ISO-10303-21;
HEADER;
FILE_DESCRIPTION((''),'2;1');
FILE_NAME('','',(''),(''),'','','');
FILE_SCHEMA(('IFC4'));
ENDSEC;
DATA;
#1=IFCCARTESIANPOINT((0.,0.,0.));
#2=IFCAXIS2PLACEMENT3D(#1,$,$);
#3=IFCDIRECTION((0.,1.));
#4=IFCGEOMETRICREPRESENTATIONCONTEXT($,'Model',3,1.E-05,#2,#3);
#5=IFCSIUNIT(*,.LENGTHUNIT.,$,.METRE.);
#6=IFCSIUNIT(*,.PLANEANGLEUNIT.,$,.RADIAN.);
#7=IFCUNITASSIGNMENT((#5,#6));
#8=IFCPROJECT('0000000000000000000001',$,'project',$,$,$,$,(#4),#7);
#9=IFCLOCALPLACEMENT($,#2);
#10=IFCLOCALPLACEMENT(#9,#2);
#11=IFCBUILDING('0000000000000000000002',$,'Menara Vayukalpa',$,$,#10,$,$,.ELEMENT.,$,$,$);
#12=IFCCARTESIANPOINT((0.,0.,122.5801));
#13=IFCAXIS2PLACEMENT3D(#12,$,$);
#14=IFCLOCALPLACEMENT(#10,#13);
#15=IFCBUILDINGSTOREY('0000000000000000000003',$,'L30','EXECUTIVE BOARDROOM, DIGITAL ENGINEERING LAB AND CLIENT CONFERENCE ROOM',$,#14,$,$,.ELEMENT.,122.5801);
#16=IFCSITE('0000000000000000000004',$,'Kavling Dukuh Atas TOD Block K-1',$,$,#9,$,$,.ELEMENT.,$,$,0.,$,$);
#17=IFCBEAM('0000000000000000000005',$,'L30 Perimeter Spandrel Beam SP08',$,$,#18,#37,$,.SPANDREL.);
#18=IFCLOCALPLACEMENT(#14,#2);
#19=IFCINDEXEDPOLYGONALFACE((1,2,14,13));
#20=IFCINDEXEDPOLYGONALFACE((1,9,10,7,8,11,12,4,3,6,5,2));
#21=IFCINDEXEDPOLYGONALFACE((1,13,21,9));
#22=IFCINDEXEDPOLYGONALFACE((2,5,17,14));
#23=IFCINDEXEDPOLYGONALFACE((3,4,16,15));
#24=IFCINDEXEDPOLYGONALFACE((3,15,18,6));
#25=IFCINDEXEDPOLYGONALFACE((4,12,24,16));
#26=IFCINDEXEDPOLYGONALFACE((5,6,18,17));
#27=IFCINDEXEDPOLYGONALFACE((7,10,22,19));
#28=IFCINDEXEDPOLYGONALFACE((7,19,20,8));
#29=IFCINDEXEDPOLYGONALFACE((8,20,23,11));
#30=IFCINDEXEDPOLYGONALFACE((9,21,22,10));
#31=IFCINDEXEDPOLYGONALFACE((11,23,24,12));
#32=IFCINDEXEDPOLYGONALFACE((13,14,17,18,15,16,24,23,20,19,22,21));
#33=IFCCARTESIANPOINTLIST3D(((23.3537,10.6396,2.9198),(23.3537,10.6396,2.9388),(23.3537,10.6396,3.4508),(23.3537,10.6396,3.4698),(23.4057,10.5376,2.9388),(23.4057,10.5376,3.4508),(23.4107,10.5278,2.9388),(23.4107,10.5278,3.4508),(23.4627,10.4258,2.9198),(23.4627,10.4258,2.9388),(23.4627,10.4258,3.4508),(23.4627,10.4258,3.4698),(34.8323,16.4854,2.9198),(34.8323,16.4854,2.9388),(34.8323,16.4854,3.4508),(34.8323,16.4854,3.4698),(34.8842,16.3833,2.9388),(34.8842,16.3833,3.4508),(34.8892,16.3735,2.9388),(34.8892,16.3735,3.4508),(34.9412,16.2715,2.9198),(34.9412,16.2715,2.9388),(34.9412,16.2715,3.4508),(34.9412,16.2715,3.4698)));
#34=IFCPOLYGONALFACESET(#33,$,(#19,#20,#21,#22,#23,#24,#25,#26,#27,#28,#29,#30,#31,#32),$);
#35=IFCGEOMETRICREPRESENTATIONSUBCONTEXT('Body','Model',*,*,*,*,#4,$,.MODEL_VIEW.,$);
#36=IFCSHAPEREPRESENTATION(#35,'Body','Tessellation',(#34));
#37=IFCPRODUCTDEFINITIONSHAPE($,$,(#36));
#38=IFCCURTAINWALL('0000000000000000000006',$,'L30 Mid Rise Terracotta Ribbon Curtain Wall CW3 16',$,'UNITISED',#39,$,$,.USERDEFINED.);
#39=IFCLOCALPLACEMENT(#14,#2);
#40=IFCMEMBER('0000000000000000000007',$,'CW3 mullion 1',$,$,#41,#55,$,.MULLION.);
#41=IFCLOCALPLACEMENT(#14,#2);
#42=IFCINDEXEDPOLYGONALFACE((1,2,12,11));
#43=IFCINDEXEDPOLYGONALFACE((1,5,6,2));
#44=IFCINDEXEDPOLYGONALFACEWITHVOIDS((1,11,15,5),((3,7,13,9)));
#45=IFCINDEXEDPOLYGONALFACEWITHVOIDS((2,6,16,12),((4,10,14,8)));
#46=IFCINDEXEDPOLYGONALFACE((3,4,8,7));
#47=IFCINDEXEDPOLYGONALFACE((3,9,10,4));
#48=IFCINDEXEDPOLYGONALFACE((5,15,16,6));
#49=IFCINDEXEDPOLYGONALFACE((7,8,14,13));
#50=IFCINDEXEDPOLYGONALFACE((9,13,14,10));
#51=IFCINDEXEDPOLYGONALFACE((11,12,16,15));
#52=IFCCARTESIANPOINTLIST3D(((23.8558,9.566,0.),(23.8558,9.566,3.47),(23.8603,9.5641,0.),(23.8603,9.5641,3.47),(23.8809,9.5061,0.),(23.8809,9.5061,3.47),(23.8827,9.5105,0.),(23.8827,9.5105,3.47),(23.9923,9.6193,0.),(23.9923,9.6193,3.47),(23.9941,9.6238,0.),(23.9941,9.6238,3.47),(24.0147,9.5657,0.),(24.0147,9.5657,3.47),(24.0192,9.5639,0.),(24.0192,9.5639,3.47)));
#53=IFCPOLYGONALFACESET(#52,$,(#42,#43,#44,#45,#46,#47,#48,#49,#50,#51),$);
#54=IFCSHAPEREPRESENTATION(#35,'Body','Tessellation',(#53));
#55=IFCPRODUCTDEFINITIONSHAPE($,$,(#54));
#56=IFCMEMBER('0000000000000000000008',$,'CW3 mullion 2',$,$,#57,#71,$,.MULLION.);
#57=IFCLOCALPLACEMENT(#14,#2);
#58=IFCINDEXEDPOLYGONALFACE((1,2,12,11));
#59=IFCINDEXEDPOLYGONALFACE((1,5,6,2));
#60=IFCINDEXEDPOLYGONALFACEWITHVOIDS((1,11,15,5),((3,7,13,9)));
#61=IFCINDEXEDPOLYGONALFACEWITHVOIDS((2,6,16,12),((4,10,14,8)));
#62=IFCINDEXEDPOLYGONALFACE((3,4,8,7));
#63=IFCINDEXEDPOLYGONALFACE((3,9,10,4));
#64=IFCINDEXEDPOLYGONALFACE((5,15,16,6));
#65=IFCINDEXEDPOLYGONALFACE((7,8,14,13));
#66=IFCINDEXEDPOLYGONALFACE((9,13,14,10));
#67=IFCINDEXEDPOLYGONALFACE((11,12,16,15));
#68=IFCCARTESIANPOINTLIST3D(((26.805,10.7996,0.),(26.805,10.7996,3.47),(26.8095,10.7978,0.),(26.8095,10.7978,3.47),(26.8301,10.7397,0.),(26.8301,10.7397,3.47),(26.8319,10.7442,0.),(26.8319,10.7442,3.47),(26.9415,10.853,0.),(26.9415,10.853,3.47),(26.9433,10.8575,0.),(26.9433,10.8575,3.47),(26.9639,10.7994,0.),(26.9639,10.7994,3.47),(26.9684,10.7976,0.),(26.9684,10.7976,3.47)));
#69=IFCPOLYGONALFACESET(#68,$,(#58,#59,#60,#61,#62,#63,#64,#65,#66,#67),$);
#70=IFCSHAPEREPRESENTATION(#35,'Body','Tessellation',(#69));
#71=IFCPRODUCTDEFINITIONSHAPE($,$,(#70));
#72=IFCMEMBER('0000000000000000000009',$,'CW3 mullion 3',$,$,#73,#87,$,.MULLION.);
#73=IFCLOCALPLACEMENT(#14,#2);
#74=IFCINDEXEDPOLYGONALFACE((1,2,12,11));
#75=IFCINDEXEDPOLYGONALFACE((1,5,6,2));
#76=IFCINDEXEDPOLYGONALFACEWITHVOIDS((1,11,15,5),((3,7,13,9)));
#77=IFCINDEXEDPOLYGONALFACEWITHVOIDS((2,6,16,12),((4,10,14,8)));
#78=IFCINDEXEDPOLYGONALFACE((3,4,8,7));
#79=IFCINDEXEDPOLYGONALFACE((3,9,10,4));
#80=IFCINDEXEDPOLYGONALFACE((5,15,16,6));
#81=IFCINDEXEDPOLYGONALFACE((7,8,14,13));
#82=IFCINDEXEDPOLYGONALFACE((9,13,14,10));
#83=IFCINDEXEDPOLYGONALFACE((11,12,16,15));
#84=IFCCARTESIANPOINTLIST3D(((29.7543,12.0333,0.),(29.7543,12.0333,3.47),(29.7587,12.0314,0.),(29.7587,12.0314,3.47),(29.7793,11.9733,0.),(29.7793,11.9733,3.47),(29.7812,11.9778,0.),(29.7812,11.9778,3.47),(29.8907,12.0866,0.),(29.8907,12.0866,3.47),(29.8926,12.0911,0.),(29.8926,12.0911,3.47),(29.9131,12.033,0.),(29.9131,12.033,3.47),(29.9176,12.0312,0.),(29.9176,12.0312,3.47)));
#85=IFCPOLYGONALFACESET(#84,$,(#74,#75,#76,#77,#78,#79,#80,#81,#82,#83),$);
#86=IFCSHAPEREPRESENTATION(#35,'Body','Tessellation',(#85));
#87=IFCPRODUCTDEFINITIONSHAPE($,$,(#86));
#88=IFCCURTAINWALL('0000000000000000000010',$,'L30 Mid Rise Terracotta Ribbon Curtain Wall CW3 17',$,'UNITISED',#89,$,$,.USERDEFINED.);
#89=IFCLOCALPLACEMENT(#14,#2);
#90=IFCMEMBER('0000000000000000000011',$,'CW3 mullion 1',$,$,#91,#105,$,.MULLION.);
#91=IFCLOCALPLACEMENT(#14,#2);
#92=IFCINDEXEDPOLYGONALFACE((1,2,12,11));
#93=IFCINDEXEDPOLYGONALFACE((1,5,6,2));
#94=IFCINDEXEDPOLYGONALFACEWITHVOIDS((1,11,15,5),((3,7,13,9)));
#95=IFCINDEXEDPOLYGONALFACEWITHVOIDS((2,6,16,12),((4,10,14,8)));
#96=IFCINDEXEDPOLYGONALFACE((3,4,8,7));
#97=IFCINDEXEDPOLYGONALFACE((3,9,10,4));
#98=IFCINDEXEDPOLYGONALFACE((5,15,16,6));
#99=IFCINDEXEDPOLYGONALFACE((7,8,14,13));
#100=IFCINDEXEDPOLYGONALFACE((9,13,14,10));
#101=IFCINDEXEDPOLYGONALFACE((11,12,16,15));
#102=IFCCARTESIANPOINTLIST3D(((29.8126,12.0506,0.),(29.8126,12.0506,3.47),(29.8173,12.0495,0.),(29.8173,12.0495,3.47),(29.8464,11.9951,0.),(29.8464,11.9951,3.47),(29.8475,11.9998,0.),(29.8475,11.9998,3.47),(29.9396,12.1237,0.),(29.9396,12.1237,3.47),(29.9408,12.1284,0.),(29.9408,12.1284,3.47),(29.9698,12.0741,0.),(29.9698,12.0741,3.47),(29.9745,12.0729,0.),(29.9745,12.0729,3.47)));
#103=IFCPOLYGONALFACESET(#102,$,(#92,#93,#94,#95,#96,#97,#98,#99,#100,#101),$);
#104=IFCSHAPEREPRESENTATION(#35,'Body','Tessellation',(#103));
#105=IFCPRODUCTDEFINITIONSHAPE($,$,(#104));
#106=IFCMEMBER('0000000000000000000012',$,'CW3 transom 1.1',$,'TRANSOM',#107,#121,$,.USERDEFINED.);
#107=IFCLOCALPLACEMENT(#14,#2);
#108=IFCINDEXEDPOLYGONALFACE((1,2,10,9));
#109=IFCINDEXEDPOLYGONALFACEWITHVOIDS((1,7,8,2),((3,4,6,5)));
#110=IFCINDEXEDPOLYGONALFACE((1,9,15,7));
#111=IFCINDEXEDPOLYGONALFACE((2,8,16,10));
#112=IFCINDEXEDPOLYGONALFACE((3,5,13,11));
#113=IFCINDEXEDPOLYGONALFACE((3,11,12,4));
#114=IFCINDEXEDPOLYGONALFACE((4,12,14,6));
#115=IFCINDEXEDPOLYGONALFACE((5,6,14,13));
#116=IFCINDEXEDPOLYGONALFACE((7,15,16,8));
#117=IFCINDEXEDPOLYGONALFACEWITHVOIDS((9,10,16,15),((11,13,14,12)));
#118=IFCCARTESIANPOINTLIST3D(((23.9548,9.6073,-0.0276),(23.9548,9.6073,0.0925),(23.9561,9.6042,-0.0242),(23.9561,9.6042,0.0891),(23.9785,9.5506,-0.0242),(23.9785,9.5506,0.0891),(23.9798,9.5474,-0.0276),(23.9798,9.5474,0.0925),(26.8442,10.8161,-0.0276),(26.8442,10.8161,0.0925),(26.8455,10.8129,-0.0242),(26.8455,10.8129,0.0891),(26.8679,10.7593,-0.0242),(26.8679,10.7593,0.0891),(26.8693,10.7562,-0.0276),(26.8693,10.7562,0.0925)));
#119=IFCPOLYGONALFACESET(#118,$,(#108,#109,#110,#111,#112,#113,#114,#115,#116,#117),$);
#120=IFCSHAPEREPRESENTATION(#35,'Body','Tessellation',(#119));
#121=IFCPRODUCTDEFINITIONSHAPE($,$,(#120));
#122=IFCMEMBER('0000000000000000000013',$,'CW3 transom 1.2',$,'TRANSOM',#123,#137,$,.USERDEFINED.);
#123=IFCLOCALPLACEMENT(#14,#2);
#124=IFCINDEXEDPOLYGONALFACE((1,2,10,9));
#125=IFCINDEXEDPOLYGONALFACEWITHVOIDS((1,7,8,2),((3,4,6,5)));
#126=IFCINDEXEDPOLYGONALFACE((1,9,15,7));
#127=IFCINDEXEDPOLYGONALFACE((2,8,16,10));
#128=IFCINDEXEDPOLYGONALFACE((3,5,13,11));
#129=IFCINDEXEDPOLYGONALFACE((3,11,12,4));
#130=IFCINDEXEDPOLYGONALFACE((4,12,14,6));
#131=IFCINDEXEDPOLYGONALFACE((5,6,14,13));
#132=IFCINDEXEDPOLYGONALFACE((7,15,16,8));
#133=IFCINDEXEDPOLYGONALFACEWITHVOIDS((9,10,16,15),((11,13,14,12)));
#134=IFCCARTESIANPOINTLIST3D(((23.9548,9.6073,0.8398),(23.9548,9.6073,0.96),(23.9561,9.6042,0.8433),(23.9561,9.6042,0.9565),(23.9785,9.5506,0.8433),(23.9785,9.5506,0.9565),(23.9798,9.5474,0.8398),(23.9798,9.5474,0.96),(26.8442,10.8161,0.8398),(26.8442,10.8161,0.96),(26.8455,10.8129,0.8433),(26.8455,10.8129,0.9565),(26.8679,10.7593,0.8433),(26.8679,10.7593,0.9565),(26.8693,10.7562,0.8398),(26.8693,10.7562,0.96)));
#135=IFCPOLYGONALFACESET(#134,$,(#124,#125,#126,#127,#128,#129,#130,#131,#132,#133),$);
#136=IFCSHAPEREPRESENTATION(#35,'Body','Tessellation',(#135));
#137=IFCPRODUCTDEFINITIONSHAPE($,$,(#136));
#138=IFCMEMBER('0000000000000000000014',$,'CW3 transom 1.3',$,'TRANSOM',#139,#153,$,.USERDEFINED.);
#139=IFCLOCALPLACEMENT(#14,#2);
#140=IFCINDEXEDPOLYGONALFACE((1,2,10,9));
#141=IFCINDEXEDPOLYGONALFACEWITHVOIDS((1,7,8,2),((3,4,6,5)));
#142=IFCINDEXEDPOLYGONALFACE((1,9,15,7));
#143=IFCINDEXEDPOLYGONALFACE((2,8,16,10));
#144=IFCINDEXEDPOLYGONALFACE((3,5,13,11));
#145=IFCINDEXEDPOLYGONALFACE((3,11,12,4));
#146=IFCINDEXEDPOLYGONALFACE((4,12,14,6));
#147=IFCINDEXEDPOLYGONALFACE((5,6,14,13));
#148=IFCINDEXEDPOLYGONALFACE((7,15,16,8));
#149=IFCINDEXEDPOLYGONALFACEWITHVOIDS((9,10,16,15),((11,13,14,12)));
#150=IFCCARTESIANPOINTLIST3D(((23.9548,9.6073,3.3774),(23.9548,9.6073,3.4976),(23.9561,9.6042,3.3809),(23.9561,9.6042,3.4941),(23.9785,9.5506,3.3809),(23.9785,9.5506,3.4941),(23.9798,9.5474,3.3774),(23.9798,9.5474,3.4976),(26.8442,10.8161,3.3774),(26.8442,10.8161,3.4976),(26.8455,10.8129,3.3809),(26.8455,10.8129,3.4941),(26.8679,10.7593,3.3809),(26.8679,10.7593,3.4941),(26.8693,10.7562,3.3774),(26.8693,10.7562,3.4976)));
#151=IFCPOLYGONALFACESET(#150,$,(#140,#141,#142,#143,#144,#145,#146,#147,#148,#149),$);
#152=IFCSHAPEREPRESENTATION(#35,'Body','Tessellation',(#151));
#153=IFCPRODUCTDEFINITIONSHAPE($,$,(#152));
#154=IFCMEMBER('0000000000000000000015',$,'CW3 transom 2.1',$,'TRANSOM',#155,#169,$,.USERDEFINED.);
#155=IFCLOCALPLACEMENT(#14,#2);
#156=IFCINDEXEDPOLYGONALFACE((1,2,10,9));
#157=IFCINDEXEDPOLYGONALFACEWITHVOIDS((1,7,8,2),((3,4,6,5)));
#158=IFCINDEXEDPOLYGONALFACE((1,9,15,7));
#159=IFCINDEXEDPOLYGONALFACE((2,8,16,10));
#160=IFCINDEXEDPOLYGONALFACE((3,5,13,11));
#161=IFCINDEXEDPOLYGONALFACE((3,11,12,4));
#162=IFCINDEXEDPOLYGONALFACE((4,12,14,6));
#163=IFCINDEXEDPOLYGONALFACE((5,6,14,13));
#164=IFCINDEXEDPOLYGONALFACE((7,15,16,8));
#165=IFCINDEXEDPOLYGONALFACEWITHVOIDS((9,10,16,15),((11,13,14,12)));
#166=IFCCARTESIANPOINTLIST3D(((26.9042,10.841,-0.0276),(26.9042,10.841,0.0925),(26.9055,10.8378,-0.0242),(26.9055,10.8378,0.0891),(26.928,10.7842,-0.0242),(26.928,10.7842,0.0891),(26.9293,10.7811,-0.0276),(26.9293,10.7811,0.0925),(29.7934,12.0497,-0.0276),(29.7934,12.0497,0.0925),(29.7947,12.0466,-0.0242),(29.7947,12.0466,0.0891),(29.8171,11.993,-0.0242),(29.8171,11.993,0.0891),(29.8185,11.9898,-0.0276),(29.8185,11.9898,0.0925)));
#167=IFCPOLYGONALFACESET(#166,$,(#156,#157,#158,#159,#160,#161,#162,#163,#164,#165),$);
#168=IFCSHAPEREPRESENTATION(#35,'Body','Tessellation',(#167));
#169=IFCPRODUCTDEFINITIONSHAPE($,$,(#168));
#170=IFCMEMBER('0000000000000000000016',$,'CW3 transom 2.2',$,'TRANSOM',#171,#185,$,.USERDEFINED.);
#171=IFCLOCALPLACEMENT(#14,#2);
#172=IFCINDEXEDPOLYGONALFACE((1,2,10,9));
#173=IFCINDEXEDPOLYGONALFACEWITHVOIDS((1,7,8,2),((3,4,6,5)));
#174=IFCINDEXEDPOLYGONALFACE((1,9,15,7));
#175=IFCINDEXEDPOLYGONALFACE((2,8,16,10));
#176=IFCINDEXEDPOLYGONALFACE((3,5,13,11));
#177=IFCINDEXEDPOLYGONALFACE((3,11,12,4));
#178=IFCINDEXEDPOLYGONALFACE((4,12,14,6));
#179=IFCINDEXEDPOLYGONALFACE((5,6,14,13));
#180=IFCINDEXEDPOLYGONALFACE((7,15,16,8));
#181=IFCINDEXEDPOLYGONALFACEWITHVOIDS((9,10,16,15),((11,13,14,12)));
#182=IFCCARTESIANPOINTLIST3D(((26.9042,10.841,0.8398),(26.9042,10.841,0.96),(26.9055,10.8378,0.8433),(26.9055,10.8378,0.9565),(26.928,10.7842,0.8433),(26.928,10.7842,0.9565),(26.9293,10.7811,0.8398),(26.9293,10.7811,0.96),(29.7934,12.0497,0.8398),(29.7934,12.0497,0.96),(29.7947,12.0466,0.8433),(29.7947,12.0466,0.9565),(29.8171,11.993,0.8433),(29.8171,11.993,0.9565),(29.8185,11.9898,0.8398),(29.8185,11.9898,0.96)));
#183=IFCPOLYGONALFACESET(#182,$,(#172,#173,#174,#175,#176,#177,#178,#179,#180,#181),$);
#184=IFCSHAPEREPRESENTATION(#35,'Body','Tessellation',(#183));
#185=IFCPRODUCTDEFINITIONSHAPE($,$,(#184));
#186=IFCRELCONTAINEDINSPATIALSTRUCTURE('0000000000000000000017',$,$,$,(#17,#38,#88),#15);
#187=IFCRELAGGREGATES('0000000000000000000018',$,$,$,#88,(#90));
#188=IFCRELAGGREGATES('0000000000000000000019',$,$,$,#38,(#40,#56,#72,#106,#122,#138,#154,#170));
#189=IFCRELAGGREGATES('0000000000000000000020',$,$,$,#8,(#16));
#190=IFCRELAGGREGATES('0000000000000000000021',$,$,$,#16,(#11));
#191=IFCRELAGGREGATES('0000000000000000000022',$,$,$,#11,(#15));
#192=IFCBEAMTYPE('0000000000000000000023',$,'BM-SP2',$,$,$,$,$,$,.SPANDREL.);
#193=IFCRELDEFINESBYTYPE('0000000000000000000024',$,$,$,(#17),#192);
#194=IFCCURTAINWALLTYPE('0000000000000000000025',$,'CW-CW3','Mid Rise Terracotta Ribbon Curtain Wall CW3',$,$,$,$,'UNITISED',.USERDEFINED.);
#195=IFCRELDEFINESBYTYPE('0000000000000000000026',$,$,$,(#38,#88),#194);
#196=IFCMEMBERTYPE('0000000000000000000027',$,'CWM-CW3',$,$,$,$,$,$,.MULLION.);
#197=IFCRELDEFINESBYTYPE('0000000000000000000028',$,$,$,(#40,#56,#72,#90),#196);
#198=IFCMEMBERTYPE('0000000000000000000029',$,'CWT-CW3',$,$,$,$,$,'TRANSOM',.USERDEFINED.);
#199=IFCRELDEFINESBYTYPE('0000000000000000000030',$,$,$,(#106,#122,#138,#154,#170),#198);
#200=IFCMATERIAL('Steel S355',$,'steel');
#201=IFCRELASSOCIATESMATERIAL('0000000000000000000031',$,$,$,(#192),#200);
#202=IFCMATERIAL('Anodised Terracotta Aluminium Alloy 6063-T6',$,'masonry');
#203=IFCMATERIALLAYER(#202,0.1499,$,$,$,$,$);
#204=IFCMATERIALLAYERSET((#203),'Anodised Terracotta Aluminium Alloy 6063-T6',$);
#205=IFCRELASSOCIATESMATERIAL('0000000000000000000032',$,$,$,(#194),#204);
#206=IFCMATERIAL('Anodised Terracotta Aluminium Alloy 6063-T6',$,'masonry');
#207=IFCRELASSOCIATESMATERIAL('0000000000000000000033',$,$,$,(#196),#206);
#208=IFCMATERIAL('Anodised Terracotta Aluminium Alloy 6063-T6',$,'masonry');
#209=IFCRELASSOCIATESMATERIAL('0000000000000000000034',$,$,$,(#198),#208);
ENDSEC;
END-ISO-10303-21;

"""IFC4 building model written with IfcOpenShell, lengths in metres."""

from ifc_helpers import new_model, si_unit, direction, frame, origin, origin_2d, place, context, subcontext, project, spatial, hollow_rectangle, i_section, extrude, material, layer, layer_set, material_profile, profile_set, type_object, element, aggregate, save


model = new_model("IFC4")

# Units and contexts
model_context = context("Model", 3, precision=1e-05, world=origin(), true_north=direction((0.0, 1.0)))
body_context = subcontext(model_context, "Body", "Model", "MODEL_VIEW")
ifc_project = project(units=[si_unit("LENGTHUNIT", "METRE"), si_unit("PLANEANGLEUNIT", "RADIAN")], contexts=[model_context])

# Site, building, storey
site_placement = place(None, origin())
site = spatial("IfcSite", under=ifc_project, at=site_placement, Name="Kavling Dukuh Atas TOD Block K-1", CompositionType="ELEMENT", RefElevation=0.0)
building_placement = place(site_placement, origin())
building = spatial("IfcBuilding", under=site, at=building_placement, Name="Menara Vayukalpa", CompositionType="ELEMENT")
storey_placement = place(building_placement, frame((0.0, 0.0, 122.5801)))
storey = spatial("IfcBuildingStorey", under=building, at=storey_placement, Name="L30", Description="EXECUTIVE BOARDROOM, DIGITAL ENGINEERING LAB AND CLIENT CONFERENCE ROOM", CompositionType="ELEMENT", Elevation=122.5801)

# Beam
ifc_material_1 = material(Name="Steel S355", Category="steel")
ifc_material_profile_1 = material_profile(ifc_material_1, i_section(OverallWidth=0.24, OverallDepth=0.55, WebThickness=0.011, FlangeThickness=0.019, at=origin_2d()), Name="WF 550x240x11x19")
ifc_profile_set_1 = profile_set([ifc_material_profile_1], Name="Steel S355")
beam_type = type_object("IfcBeamType", Name="BM-SP2", PredefinedType="SPANDREL", material=ifc_profile_set_1)
beam_placement = place(storey_placement, frame((23.4082, 10.5327, 3.1948), z_axis=(0.891097, 0.453812, 0.0), x_axis=(-0.453812, 0.891097, 0.0)))
element("IfcBeam", 1, at=beam_placement, inside=storey, type_object=beam_type, Name="L30 Perimeter Spandrel Beam SP08", PredefinedType="SPANDREL", context=body_context, shape_type="SweptSolid", body=[
    extrude(i_section(OverallWidth=0.24, OverallDepth=0.55, WebThickness=0.011, FlangeThickness=0.019, at=origin_2d()), origin(), (0.0, 0.0, 1.0), 12.8813),
])

# Curtain wall, members
ifc_material_2 = material(Name="Anodised Terracotta Aluminium Alloy 6063-T6", Category="masonry")
ifc_layer_1 = layer(ifc_material_2, 0.1499)
ifc_layer_set_1 = layer_set([ifc_layer_1], Name="Anodised Terracotta Aluminium Alloy 6063-T6")
curtain_wall_type = type_object("IfcCurtainWallType", Name="CW-CW3", Description="Mid Rise Terracotta Ribbon Curtain Wall CW3", ElementType="UNITISED", PredefinedType="USERDEFINED", material=ifc_layer_set_1)
curtain_wall_1_placement = place(storey_placement, origin())
curtain_wall_1 = element("IfcCurtainWall", 2, at=curtain_wall_1_placement, inside=storey, type_object=curtain_wall_type, Name="L30 Mid Rise Terracotta Ribbon Curtain Wall CW3 16", ObjectType="UNITISED", PredefinedType="USERDEFINED")
ifc_material_3 = material(Name="Anodised Terracotta Aluminium Alloy 6063-T6", Category="masonry")
ifc_material_profile_2 = material_profile(ifc_material_3, hollow_rectangle(XDim=0.0649, YDim=0.1499, WallThickness=0.0034, at=origin_2d()), Name="ALU 65x150x3.5")
ifc_profile_set_2 = profile_set([ifc_material_profile_2], Name="Anodised Terracotta Aluminium Alloy 6063-T6")
member_type_1 = type_object("IfcMemberType", Name="CWM-CW3", PredefinedType="MULLION", material=ifc_profile_set_2)
member_1_placement = place(storey_placement, frame((23.9375, 9.5649, 0.0), z_axis=(0.0, 0.0, 1.0), x_axis=(-0.385894, 0.922543, 0.0)))
member_1 = element("IfcMember", 3, at=member_1_placement, type_object=member_type_1, Name="CW3 mullion 1", PredefinedType="MULLION", context=body_context, shape_type="SweptSolid", body=[
    extrude(hollow_rectangle(XDim=0.0649, YDim=0.1499, WallThickness=0.0034, at=origin_2d()), origin(), (0.0, 0.0, 1.0), 3.47),
])
member_2_placement = place(storey_placement, frame((26.8867, 10.7986, 0.0), z_axis=(0.0, 0.0, 1.0), x_axis=(-0.385894, 0.922543, 0.0)))
member_2 = element("IfcMember", 4, at=member_2_placement, type_object=member_type_1, Name="CW3 mullion 2", PredefinedType="MULLION", context=body_context, shape_type="SweptSolid", body=[
    extrude(hollow_rectangle(XDim=0.0649, YDim=0.1499, WallThickness=0.0034, at=origin_2d()), origin(), (0.0, 0.0, 1.0), 3.47),
])
member_3_placement = place(storey_placement, frame((29.8359, 12.0322, 0.0), z_axis=(0.0, 0.0, 1.0), x_axis=(-0.385894, 0.922543, 0.0)))
member_3 = element("IfcMember", 5, at=member_3_placement, type_object=member_type_1, Name="CW3 mullion 3", PredefinedType="MULLION", context=body_context, shape_type="SweptSolid", body=[
    extrude(hollow_rectangle(XDim=0.0649, YDim=0.1499, WallThickness=0.0034, at=origin_2d()), origin(), (0.0, 0.0, 1.0), 3.47),
])

# Curtain wall, member
curtain_wall_2_placement = place(storey_placement, origin())
curtain_wall_2 = element("IfcCurtainWall", 6, at=curtain_wall_2_placement, inside=storey, type_object=curtain_wall_type, Name="L30 Mid Rise Terracotta Ribbon Curtain Wall CW3 17", ObjectType="UNITISED", PredefinedType="USERDEFINED")
member_4_placement = place(storey_placement, frame((29.8936, 12.0618, 0.0), z_axis=(0.0, 0.0, 1.0), x_axis=(-0.519183, 0.854663, 0.0)))
member_4 = element("IfcMember", 7, at=member_4_placement, type_object=member_type_1, Name="CW3 mullion 1", PredefinedType="MULLION", context=body_context, shape_type="SweptSolid", body=[
    extrude(hollow_rectangle(XDim=0.0649, YDim=0.1499, WallThickness=0.0034, at=origin_2d()), origin(), (0.0, 0.0, 1.0), 3.47),
])

# Members
ifc_material_4 = material(Name="Anodised Terracotta Aluminium Alloy 6063-T6", Category="masonry")
ifc_material_profile_3 = material_profile(ifc_material_4, hollow_rectangle(XDim=0.0649, YDim=0.1201, WallThickness=0.0034, at=origin_2d()), Name="ALU 65x120x3.5")
ifc_profile_set_3 = profile_set([ifc_material_profile_3], Name="Anodised Terracotta Aluminium Alloy 6063-T6")
member_type_2 = type_object("IfcMemberType", Name="CWT-CW3", ElementType="TRANSOM", PredefinedType="USERDEFINED", material=ifc_profile_set_3)
member_5_placement = place(storey_placement, frame((23.9673, 9.5774, 0.0325), z_axis=(0.922529, 0.385927, 0.0), x_axis=(-0.385927, 0.922529, 0.0)))
member_5 = element("IfcMember", 8, at=member_5_placement, type_object=member_type_2, Name="CW3 transom 1.1", ObjectType="TRANSOM", PredefinedType="USERDEFINED", context=body_context, shape_type="SweptSolid", body=[
    extrude(hollow_rectangle(XDim=0.0649, YDim=0.1201, WallThickness=0.0034, at=origin_2d()), origin(), (0.0, 0.0, 1.0), 3.1321),
])
member_6_placement = place(storey_placement, frame((23.9673, 9.5774, 0.8999), z_axis=(0.922529, 0.385927, 0.0), x_axis=(-0.385927, 0.922529, 0.0)))
member_6 = element("IfcMember", 9, at=member_6_placement, type_object=member_type_2, Name="CW3 transom 1.2", ObjectType="TRANSOM", PredefinedType="USERDEFINED", context=body_context, shape_type="SweptSolid", body=[
    extrude(hollow_rectangle(XDim=0.0649, YDim=0.1201, WallThickness=0.0034, at=origin_2d()), origin(), (0.0, 0.0, 1.0), 3.1321),
])
member_7_placement = place(storey_placement, frame((23.9673, 9.5774, 3.4375), z_axis=(0.922529, 0.385927, 0.0), x_axis=(-0.385927, 0.922529, 0.0)))
member_7 = element("IfcMember", 10, at=member_7_placement, type_object=member_type_2, Name="CW3 transom 1.3", ObjectType="TRANSOM", PredefinedType="USERDEFINED", context=body_context, shape_type="SweptSolid", body=[
    extrude(hollow_rectangle(XDim=0.0649, YDim=0.1201, WallThickness=0.0034, at=origin_2d()), origin(), (0.0, 0.0, 1.0), 3.1321),
])
member_8_placement = place(storey_placement, frame((26.9167, 10.811, 0.0325), z_axis=(0.922518, 0.385955, 0.0), x_axis=(-0.385955, 0.922518, 0.0)))
member_8 = element("IfcMember", 11, at=member_8_placement, type_object=member_type_2, Name="CW3 transom 2.1", ObjectType="TRANSOM", PredefinedType="USERDEFINED", context=body_context, shape_type="SweptSolid", body=[
    extrude(hollow_rectangle(XDim=0.0649, YDim=0.1201, WallThickness=0.0034, at=origin_2d()), origin(), (0.0, 0.0, 1.0), 3.1318),
])
member_9_placement = place(storey_placement, frame((26.9167, 10.811, 0.8999), z_axis=(0.922518, 0.385955, 0.0), x_axis=(-0.385955, 0.922518, 0.0)))
member_9 = element("IfcMember", 12, at=member_9_placement, type_object=member_type_2, Name="CW3 transom 2.2", ObjectType="TRANSOM", PredefinedType="USERDEFINED", context=body_context, shape_type="SweptSolid", body=[
    extrude(hollow_rectangle(XDim=0.0649, YDim=0.1201, WallThickness=0.0034, at=origin_2d()), origin(), (0.0, 0.0, 1.0), 3.1318),
])
aggregate(curtain_wall_2, [member_4])

aggregate(curtain_wall_1, [member_1, member_2, member_3, member_5, member_6, member_7, member_8, member_9])

save(model, "model.ifc")
